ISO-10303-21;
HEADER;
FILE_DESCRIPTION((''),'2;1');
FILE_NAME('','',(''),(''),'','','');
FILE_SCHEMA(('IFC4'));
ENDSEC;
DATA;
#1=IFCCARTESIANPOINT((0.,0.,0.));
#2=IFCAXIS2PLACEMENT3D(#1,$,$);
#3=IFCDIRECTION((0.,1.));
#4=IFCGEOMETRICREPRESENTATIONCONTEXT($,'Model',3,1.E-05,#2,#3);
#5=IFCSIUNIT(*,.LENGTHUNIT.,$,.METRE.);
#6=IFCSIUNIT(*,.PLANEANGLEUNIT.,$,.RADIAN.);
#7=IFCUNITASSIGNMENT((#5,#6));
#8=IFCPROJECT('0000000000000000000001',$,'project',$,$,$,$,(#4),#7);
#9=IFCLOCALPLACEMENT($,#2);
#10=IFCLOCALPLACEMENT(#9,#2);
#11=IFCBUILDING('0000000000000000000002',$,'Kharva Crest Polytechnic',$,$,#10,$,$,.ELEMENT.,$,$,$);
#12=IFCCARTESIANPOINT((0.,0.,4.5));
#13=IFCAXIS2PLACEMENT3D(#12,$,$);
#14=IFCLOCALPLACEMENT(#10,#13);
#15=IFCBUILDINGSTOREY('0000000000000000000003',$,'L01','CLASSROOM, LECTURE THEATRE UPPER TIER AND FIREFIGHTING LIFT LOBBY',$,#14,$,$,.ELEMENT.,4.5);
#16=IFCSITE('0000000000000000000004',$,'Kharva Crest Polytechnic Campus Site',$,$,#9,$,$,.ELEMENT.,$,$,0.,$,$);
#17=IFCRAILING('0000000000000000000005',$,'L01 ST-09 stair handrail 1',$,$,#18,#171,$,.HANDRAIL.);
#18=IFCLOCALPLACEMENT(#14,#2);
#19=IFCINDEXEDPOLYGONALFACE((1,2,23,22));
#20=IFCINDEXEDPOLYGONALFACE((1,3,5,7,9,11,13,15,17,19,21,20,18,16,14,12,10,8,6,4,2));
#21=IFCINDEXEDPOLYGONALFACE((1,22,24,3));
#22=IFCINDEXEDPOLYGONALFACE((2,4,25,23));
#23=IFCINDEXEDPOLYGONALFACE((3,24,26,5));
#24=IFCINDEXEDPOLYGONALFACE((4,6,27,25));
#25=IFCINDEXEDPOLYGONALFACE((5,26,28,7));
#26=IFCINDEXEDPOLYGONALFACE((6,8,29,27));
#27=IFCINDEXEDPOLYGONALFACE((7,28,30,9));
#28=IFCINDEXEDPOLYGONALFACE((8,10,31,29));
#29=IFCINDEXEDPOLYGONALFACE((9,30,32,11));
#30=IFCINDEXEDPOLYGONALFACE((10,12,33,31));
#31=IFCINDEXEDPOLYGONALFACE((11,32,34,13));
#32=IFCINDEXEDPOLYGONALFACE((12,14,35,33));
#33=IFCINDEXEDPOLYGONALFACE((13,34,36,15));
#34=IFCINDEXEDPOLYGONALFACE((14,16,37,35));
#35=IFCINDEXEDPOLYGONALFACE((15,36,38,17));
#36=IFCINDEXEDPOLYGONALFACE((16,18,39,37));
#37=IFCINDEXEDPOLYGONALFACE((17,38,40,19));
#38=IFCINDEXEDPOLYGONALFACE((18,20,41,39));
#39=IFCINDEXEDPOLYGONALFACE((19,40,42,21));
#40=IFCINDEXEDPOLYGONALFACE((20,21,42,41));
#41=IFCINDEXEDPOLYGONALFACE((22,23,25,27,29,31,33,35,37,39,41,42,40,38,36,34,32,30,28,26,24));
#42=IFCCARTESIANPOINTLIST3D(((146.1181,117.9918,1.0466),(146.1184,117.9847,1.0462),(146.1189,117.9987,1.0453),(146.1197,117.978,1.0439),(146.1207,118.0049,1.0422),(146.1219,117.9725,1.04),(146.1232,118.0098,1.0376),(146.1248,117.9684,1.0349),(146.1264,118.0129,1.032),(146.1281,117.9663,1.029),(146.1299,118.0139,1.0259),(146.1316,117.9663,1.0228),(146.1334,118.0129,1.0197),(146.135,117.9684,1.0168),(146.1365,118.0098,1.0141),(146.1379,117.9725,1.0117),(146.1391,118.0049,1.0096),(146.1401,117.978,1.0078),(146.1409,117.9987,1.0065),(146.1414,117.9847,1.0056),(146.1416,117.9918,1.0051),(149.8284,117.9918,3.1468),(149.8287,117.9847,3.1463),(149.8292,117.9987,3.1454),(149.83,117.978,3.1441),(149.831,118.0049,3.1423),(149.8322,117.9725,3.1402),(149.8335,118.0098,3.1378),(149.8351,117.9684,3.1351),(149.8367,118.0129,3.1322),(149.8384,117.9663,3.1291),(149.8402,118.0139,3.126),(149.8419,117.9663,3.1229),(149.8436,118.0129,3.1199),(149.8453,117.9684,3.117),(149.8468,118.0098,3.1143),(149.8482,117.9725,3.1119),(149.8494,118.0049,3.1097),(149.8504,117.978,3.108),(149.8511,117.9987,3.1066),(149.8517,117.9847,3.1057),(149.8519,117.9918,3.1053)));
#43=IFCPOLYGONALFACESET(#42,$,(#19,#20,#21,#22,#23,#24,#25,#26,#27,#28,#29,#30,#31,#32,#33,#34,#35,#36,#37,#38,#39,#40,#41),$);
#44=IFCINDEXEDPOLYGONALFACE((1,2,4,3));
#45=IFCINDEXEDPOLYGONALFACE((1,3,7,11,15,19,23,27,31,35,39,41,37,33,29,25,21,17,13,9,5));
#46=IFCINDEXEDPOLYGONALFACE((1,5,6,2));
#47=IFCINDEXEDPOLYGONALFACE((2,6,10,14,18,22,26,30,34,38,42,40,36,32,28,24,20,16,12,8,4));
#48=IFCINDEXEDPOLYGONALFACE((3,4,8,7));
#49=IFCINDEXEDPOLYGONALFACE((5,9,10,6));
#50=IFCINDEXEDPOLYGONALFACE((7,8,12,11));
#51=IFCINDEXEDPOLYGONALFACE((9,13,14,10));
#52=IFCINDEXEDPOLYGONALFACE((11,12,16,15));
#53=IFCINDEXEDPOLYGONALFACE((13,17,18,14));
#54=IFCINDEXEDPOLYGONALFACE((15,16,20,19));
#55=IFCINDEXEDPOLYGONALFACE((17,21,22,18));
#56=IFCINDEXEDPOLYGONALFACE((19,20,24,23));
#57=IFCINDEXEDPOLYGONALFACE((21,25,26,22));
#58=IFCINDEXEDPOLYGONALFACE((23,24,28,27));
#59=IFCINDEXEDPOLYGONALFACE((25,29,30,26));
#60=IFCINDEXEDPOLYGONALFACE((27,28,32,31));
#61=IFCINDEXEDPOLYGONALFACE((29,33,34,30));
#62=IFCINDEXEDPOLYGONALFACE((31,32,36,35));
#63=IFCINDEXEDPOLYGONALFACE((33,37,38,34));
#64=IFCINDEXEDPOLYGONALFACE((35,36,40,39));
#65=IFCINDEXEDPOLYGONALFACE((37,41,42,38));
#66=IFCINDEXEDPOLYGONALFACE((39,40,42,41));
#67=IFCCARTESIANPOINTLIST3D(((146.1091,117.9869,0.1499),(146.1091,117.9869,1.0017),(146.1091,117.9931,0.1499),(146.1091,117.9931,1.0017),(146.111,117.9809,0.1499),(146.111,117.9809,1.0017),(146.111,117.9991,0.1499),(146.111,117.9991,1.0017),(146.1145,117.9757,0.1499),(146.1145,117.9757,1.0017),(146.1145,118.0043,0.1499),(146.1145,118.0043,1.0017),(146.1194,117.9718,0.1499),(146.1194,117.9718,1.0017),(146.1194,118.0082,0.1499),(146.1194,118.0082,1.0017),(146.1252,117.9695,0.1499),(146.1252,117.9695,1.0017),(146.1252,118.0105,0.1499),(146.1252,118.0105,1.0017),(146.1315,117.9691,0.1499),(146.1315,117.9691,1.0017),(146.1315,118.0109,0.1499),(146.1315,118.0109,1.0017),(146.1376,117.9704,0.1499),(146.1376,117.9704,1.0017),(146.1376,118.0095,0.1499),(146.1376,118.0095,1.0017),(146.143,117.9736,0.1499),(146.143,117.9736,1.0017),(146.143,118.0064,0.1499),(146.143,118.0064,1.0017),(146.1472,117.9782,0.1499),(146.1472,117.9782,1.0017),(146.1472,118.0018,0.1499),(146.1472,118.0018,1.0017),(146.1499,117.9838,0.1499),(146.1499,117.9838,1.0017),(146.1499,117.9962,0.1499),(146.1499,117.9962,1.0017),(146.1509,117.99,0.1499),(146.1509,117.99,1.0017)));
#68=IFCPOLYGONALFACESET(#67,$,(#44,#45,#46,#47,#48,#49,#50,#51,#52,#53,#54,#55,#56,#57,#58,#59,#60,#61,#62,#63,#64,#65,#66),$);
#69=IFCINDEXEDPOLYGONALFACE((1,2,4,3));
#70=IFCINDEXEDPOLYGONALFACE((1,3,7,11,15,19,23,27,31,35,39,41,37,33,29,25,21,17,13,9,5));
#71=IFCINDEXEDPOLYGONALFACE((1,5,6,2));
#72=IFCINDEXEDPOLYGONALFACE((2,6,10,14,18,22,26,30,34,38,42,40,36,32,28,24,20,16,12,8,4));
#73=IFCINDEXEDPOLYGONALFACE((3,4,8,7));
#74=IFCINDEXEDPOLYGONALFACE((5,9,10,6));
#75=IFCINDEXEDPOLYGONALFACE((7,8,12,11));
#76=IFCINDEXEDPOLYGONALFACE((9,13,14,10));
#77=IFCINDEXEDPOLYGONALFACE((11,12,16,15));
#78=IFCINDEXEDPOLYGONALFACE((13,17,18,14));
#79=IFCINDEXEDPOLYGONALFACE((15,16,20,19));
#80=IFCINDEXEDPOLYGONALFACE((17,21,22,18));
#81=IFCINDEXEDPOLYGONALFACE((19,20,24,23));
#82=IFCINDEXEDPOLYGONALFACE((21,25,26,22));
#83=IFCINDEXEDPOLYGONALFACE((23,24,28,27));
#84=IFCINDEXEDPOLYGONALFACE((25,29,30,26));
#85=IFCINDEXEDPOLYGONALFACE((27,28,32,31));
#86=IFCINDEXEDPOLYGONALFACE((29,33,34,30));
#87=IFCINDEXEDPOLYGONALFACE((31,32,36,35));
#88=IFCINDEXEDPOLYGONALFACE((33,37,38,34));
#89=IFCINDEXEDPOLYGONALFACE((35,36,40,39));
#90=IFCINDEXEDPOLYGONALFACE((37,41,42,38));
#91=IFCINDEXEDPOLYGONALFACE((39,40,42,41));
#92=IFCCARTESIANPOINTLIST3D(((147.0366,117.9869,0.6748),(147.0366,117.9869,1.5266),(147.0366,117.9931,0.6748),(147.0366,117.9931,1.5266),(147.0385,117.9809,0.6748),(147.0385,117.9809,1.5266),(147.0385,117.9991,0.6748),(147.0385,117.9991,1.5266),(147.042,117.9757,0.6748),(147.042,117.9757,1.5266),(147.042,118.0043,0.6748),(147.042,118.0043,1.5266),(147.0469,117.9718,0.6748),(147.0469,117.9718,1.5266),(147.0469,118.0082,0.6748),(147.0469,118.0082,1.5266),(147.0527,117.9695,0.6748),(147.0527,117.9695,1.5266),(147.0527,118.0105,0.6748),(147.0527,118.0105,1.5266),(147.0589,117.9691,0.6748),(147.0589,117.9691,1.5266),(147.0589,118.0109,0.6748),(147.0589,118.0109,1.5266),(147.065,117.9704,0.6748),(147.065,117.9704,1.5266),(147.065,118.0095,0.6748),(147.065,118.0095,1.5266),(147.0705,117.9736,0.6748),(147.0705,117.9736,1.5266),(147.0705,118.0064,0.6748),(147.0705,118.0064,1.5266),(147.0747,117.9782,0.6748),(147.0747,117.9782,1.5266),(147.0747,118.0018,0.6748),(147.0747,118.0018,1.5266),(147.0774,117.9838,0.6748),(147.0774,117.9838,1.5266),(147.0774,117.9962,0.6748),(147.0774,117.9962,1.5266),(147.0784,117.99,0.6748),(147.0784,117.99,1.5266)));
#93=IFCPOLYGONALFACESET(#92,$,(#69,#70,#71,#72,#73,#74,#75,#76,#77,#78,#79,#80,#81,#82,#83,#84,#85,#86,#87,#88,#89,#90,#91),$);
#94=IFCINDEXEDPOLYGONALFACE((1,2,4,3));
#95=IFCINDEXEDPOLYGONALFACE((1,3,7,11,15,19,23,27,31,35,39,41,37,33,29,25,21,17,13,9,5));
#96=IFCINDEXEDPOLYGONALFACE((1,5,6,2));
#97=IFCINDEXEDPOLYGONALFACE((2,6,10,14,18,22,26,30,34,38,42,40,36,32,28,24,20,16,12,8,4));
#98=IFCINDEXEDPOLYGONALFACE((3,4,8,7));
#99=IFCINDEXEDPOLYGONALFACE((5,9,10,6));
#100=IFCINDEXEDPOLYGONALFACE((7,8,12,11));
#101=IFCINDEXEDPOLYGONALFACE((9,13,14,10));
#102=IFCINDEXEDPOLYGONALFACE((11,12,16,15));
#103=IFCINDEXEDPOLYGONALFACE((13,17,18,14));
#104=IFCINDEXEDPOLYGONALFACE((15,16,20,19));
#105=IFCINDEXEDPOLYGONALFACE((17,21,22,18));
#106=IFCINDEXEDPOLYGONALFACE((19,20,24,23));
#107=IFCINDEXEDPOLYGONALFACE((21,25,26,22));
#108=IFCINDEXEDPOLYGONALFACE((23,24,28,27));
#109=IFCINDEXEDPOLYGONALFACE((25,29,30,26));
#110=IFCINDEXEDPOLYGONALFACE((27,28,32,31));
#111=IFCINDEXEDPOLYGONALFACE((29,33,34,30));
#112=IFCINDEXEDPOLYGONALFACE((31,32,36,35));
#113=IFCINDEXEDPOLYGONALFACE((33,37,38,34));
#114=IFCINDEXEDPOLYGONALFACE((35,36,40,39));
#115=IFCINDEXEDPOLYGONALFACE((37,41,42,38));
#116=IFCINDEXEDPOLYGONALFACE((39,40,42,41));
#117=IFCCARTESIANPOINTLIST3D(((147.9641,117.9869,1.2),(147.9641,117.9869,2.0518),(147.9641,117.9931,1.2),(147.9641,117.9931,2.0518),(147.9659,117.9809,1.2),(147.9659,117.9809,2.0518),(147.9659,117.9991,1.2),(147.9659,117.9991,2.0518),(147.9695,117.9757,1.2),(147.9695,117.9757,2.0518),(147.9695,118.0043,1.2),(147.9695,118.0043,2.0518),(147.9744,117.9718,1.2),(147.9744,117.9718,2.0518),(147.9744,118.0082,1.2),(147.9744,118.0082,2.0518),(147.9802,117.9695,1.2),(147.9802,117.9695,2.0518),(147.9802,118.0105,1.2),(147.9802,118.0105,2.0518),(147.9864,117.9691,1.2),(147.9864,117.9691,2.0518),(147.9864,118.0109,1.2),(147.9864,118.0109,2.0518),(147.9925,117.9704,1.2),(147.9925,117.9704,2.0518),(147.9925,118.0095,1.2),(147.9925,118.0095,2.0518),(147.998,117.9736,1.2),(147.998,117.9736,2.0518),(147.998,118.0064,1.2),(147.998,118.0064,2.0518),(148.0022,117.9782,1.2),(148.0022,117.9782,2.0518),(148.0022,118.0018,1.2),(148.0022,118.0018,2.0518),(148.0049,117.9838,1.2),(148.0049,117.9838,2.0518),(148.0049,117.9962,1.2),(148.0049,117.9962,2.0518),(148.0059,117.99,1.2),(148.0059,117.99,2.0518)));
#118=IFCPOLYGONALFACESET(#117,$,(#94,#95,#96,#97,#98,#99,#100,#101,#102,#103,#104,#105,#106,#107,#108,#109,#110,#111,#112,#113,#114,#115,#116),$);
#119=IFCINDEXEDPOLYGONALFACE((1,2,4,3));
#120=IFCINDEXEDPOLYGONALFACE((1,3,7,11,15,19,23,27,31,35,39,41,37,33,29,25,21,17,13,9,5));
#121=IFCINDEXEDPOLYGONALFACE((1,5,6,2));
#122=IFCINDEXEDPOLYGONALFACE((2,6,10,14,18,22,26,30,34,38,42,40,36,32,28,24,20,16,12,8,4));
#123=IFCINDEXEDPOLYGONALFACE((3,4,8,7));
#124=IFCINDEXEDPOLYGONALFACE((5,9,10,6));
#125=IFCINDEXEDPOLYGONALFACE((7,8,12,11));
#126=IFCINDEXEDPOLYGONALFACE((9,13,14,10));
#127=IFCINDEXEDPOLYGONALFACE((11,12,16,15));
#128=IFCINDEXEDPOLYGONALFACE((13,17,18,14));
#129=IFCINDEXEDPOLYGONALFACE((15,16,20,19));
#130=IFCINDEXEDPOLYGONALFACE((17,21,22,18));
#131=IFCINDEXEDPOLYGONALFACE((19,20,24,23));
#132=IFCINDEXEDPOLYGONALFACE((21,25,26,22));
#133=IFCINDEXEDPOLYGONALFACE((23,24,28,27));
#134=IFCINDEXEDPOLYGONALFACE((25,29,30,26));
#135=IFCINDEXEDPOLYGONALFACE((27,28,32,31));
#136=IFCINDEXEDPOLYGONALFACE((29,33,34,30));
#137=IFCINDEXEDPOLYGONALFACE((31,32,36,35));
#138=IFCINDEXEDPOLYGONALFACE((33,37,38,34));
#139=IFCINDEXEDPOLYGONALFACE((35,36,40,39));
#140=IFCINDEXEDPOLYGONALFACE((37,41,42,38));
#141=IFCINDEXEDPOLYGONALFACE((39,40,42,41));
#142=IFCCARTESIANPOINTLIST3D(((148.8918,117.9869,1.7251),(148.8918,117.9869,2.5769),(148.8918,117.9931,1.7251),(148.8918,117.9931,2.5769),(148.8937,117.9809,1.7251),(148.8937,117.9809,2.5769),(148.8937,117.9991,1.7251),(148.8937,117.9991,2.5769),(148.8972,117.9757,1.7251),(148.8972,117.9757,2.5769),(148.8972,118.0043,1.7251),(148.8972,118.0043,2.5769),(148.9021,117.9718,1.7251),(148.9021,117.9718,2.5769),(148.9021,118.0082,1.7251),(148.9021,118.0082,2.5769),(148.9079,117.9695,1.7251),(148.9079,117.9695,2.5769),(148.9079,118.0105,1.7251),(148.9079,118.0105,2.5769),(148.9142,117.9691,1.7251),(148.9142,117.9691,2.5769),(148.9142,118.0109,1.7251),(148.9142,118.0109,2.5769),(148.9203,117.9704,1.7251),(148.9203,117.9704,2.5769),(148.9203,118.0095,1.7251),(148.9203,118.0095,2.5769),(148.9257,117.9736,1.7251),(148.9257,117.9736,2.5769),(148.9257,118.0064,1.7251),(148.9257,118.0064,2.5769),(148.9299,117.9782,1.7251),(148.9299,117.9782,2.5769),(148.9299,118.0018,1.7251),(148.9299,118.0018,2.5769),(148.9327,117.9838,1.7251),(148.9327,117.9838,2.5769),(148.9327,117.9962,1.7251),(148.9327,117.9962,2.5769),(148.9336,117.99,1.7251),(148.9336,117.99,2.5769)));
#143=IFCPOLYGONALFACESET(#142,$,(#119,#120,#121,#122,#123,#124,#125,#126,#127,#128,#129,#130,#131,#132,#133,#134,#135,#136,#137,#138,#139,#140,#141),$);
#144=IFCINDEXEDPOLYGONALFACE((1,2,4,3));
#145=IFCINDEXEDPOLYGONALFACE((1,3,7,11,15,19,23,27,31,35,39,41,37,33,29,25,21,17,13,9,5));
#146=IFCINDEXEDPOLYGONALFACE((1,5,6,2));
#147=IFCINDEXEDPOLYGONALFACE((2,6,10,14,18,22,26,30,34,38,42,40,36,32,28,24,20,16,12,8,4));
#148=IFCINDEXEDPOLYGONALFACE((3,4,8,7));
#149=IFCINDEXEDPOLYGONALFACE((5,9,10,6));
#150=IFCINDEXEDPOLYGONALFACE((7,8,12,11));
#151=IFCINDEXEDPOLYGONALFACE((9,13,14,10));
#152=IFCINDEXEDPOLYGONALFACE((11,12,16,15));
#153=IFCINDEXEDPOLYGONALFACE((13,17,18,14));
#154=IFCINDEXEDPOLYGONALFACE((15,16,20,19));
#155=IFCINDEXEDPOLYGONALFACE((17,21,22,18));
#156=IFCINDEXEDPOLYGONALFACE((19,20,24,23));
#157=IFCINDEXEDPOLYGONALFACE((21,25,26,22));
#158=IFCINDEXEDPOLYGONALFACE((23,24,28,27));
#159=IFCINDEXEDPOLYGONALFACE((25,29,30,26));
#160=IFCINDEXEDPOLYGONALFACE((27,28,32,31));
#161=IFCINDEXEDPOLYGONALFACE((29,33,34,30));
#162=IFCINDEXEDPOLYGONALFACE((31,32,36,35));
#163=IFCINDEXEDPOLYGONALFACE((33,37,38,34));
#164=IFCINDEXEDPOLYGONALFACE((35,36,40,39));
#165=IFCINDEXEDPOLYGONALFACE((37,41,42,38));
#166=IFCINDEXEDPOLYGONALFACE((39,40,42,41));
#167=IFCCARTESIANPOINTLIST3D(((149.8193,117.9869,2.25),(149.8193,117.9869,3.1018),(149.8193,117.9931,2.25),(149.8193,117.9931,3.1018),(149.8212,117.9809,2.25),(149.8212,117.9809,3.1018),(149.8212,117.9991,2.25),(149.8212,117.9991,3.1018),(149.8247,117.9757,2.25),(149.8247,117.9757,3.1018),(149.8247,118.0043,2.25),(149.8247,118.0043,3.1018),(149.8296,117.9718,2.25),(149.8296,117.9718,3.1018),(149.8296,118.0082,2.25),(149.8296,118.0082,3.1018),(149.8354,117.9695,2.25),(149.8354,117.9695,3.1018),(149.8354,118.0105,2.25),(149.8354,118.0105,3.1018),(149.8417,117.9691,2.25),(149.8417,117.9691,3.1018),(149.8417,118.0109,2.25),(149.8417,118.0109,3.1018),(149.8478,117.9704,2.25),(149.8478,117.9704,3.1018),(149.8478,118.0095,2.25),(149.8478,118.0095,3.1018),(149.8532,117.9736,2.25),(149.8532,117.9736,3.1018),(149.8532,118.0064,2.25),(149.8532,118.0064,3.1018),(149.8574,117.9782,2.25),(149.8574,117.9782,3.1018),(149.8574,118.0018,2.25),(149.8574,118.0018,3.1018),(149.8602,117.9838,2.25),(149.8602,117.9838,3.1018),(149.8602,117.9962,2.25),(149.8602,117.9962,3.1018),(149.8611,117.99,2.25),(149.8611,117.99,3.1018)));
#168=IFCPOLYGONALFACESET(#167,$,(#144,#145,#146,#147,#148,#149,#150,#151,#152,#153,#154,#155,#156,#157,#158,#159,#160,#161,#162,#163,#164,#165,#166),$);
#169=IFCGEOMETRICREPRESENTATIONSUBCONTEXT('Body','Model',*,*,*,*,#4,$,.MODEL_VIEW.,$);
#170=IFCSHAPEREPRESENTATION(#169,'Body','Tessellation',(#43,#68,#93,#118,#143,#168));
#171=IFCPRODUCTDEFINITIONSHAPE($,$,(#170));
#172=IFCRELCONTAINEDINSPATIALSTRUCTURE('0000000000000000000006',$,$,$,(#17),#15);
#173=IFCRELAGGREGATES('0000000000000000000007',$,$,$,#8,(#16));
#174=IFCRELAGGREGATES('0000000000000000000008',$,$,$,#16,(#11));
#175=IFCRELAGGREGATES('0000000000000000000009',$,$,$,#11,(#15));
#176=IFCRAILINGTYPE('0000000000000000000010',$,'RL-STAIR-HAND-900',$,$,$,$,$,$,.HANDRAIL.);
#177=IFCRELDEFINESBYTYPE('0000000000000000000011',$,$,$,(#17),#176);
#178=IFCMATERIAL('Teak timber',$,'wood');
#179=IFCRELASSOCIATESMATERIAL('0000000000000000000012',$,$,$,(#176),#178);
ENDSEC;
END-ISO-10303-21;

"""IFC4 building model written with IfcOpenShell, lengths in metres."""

from ifc_helpers import new_model, si_unit, direction, frame, origin, origin_2d, place, context, subcontext, project, spatial, circle, extrude, material, type_object, element, save


model = new_model("IFC4")

# Units and contexts
model_context = context("Model", 3, precision=1e-05, world=origin(), true_north=direction((0.0, 1.0)))
body_context = subcontext(model_context, "Body", "Model", "MODEL_VIEW")
ifc_project = project(units=[si_unit("LENGTHUNIT", "METRE"), si_unit("PLANEANGLEUNIT", "RADIAN")], contexts=[model_context])

# Site, building, storey
site_placement = place(None, origin())
site = spatial("IfcSite", under=ifc_project, at=site_placement, Name="Kharva Crest Polytechnic Campus Site", CompositionType="ELEMENT", RefElevation=0.0)
building_placement = place(site_placement, origin())
building = spatial("IfcBuilding", under=site, at=building_placement, Name="Kharva Crest Polytechnic", CompositionType="ELEMENT")
storey_placement = place(building_placement, frame((0.0, 0.0, 4.5)))
storey = spatial("IfcBuildingStorey", under=building, at=storey_placement, Name="L01", Description="CLASSROOM, LECTURE THEATRE UPPER TIER AND FIREFIGHTING LIFT LOBBY", CompositionType="ELEMENT", Elevation=4.5)

# Shared definitions
ifc_material_1 = material(Name="Teak timber", Category="wood")

# Railing
railing_type = type_object("IfcRailingType", Name="RL-STAIR-HAND-900", PredefinedType="HANDRAIL", material=ifc_material_1)
railing_placement = place(storey_placement, frame((146.1299, 117.99, 0.1499)))
element("IfcRailing", 1, at=railing_placement, inside=storey, type_object=railing_type, Name="L01 ST-09 stair handrail 1", PredefinedType="HANDRAIL", context=body_context, shape_type="SweptSolid", body=[
    extrude(circle(Radius=0.0239, at=origin_2d()), frame((0.0, 0.0, 0.876), z_axis=(0.870259, 0.0, 0.492595), x_axis=(0.0, 1.0, 0.0)), (0.0, 0.0, 1.0), 4.2634),
    extrude(circle(Radius=0.021, at=origin_2d()), origin(), (0.0, 0.0, 1.0), 0.8518),
    extrude(circle(Radius=0.021, at=origin_2d()), frame((0.9275, 0.0, 0.5249)), (0.0, 0.0, 1.0), 0.8518),
    extrude(circle(Radius=0.021, at=origin_2d()), frame((1.855, 0.0, 1.05)), (0.0, 0.0, 1.0), 0.8518),
    extrude(circle(Radius=0.021, at=origin_2d()), frame((2.7827, 0.0, 1.5752)), (0.0, 0.0, 1.0), 0.8518),
    extrude(circle(Radius=0.021, at=origin_2d()), frame((3.7102, 0.0, 2.1001)), (0.0, 0.0, 1.0), 0.8518),
])

save(model, "model.ifc")
